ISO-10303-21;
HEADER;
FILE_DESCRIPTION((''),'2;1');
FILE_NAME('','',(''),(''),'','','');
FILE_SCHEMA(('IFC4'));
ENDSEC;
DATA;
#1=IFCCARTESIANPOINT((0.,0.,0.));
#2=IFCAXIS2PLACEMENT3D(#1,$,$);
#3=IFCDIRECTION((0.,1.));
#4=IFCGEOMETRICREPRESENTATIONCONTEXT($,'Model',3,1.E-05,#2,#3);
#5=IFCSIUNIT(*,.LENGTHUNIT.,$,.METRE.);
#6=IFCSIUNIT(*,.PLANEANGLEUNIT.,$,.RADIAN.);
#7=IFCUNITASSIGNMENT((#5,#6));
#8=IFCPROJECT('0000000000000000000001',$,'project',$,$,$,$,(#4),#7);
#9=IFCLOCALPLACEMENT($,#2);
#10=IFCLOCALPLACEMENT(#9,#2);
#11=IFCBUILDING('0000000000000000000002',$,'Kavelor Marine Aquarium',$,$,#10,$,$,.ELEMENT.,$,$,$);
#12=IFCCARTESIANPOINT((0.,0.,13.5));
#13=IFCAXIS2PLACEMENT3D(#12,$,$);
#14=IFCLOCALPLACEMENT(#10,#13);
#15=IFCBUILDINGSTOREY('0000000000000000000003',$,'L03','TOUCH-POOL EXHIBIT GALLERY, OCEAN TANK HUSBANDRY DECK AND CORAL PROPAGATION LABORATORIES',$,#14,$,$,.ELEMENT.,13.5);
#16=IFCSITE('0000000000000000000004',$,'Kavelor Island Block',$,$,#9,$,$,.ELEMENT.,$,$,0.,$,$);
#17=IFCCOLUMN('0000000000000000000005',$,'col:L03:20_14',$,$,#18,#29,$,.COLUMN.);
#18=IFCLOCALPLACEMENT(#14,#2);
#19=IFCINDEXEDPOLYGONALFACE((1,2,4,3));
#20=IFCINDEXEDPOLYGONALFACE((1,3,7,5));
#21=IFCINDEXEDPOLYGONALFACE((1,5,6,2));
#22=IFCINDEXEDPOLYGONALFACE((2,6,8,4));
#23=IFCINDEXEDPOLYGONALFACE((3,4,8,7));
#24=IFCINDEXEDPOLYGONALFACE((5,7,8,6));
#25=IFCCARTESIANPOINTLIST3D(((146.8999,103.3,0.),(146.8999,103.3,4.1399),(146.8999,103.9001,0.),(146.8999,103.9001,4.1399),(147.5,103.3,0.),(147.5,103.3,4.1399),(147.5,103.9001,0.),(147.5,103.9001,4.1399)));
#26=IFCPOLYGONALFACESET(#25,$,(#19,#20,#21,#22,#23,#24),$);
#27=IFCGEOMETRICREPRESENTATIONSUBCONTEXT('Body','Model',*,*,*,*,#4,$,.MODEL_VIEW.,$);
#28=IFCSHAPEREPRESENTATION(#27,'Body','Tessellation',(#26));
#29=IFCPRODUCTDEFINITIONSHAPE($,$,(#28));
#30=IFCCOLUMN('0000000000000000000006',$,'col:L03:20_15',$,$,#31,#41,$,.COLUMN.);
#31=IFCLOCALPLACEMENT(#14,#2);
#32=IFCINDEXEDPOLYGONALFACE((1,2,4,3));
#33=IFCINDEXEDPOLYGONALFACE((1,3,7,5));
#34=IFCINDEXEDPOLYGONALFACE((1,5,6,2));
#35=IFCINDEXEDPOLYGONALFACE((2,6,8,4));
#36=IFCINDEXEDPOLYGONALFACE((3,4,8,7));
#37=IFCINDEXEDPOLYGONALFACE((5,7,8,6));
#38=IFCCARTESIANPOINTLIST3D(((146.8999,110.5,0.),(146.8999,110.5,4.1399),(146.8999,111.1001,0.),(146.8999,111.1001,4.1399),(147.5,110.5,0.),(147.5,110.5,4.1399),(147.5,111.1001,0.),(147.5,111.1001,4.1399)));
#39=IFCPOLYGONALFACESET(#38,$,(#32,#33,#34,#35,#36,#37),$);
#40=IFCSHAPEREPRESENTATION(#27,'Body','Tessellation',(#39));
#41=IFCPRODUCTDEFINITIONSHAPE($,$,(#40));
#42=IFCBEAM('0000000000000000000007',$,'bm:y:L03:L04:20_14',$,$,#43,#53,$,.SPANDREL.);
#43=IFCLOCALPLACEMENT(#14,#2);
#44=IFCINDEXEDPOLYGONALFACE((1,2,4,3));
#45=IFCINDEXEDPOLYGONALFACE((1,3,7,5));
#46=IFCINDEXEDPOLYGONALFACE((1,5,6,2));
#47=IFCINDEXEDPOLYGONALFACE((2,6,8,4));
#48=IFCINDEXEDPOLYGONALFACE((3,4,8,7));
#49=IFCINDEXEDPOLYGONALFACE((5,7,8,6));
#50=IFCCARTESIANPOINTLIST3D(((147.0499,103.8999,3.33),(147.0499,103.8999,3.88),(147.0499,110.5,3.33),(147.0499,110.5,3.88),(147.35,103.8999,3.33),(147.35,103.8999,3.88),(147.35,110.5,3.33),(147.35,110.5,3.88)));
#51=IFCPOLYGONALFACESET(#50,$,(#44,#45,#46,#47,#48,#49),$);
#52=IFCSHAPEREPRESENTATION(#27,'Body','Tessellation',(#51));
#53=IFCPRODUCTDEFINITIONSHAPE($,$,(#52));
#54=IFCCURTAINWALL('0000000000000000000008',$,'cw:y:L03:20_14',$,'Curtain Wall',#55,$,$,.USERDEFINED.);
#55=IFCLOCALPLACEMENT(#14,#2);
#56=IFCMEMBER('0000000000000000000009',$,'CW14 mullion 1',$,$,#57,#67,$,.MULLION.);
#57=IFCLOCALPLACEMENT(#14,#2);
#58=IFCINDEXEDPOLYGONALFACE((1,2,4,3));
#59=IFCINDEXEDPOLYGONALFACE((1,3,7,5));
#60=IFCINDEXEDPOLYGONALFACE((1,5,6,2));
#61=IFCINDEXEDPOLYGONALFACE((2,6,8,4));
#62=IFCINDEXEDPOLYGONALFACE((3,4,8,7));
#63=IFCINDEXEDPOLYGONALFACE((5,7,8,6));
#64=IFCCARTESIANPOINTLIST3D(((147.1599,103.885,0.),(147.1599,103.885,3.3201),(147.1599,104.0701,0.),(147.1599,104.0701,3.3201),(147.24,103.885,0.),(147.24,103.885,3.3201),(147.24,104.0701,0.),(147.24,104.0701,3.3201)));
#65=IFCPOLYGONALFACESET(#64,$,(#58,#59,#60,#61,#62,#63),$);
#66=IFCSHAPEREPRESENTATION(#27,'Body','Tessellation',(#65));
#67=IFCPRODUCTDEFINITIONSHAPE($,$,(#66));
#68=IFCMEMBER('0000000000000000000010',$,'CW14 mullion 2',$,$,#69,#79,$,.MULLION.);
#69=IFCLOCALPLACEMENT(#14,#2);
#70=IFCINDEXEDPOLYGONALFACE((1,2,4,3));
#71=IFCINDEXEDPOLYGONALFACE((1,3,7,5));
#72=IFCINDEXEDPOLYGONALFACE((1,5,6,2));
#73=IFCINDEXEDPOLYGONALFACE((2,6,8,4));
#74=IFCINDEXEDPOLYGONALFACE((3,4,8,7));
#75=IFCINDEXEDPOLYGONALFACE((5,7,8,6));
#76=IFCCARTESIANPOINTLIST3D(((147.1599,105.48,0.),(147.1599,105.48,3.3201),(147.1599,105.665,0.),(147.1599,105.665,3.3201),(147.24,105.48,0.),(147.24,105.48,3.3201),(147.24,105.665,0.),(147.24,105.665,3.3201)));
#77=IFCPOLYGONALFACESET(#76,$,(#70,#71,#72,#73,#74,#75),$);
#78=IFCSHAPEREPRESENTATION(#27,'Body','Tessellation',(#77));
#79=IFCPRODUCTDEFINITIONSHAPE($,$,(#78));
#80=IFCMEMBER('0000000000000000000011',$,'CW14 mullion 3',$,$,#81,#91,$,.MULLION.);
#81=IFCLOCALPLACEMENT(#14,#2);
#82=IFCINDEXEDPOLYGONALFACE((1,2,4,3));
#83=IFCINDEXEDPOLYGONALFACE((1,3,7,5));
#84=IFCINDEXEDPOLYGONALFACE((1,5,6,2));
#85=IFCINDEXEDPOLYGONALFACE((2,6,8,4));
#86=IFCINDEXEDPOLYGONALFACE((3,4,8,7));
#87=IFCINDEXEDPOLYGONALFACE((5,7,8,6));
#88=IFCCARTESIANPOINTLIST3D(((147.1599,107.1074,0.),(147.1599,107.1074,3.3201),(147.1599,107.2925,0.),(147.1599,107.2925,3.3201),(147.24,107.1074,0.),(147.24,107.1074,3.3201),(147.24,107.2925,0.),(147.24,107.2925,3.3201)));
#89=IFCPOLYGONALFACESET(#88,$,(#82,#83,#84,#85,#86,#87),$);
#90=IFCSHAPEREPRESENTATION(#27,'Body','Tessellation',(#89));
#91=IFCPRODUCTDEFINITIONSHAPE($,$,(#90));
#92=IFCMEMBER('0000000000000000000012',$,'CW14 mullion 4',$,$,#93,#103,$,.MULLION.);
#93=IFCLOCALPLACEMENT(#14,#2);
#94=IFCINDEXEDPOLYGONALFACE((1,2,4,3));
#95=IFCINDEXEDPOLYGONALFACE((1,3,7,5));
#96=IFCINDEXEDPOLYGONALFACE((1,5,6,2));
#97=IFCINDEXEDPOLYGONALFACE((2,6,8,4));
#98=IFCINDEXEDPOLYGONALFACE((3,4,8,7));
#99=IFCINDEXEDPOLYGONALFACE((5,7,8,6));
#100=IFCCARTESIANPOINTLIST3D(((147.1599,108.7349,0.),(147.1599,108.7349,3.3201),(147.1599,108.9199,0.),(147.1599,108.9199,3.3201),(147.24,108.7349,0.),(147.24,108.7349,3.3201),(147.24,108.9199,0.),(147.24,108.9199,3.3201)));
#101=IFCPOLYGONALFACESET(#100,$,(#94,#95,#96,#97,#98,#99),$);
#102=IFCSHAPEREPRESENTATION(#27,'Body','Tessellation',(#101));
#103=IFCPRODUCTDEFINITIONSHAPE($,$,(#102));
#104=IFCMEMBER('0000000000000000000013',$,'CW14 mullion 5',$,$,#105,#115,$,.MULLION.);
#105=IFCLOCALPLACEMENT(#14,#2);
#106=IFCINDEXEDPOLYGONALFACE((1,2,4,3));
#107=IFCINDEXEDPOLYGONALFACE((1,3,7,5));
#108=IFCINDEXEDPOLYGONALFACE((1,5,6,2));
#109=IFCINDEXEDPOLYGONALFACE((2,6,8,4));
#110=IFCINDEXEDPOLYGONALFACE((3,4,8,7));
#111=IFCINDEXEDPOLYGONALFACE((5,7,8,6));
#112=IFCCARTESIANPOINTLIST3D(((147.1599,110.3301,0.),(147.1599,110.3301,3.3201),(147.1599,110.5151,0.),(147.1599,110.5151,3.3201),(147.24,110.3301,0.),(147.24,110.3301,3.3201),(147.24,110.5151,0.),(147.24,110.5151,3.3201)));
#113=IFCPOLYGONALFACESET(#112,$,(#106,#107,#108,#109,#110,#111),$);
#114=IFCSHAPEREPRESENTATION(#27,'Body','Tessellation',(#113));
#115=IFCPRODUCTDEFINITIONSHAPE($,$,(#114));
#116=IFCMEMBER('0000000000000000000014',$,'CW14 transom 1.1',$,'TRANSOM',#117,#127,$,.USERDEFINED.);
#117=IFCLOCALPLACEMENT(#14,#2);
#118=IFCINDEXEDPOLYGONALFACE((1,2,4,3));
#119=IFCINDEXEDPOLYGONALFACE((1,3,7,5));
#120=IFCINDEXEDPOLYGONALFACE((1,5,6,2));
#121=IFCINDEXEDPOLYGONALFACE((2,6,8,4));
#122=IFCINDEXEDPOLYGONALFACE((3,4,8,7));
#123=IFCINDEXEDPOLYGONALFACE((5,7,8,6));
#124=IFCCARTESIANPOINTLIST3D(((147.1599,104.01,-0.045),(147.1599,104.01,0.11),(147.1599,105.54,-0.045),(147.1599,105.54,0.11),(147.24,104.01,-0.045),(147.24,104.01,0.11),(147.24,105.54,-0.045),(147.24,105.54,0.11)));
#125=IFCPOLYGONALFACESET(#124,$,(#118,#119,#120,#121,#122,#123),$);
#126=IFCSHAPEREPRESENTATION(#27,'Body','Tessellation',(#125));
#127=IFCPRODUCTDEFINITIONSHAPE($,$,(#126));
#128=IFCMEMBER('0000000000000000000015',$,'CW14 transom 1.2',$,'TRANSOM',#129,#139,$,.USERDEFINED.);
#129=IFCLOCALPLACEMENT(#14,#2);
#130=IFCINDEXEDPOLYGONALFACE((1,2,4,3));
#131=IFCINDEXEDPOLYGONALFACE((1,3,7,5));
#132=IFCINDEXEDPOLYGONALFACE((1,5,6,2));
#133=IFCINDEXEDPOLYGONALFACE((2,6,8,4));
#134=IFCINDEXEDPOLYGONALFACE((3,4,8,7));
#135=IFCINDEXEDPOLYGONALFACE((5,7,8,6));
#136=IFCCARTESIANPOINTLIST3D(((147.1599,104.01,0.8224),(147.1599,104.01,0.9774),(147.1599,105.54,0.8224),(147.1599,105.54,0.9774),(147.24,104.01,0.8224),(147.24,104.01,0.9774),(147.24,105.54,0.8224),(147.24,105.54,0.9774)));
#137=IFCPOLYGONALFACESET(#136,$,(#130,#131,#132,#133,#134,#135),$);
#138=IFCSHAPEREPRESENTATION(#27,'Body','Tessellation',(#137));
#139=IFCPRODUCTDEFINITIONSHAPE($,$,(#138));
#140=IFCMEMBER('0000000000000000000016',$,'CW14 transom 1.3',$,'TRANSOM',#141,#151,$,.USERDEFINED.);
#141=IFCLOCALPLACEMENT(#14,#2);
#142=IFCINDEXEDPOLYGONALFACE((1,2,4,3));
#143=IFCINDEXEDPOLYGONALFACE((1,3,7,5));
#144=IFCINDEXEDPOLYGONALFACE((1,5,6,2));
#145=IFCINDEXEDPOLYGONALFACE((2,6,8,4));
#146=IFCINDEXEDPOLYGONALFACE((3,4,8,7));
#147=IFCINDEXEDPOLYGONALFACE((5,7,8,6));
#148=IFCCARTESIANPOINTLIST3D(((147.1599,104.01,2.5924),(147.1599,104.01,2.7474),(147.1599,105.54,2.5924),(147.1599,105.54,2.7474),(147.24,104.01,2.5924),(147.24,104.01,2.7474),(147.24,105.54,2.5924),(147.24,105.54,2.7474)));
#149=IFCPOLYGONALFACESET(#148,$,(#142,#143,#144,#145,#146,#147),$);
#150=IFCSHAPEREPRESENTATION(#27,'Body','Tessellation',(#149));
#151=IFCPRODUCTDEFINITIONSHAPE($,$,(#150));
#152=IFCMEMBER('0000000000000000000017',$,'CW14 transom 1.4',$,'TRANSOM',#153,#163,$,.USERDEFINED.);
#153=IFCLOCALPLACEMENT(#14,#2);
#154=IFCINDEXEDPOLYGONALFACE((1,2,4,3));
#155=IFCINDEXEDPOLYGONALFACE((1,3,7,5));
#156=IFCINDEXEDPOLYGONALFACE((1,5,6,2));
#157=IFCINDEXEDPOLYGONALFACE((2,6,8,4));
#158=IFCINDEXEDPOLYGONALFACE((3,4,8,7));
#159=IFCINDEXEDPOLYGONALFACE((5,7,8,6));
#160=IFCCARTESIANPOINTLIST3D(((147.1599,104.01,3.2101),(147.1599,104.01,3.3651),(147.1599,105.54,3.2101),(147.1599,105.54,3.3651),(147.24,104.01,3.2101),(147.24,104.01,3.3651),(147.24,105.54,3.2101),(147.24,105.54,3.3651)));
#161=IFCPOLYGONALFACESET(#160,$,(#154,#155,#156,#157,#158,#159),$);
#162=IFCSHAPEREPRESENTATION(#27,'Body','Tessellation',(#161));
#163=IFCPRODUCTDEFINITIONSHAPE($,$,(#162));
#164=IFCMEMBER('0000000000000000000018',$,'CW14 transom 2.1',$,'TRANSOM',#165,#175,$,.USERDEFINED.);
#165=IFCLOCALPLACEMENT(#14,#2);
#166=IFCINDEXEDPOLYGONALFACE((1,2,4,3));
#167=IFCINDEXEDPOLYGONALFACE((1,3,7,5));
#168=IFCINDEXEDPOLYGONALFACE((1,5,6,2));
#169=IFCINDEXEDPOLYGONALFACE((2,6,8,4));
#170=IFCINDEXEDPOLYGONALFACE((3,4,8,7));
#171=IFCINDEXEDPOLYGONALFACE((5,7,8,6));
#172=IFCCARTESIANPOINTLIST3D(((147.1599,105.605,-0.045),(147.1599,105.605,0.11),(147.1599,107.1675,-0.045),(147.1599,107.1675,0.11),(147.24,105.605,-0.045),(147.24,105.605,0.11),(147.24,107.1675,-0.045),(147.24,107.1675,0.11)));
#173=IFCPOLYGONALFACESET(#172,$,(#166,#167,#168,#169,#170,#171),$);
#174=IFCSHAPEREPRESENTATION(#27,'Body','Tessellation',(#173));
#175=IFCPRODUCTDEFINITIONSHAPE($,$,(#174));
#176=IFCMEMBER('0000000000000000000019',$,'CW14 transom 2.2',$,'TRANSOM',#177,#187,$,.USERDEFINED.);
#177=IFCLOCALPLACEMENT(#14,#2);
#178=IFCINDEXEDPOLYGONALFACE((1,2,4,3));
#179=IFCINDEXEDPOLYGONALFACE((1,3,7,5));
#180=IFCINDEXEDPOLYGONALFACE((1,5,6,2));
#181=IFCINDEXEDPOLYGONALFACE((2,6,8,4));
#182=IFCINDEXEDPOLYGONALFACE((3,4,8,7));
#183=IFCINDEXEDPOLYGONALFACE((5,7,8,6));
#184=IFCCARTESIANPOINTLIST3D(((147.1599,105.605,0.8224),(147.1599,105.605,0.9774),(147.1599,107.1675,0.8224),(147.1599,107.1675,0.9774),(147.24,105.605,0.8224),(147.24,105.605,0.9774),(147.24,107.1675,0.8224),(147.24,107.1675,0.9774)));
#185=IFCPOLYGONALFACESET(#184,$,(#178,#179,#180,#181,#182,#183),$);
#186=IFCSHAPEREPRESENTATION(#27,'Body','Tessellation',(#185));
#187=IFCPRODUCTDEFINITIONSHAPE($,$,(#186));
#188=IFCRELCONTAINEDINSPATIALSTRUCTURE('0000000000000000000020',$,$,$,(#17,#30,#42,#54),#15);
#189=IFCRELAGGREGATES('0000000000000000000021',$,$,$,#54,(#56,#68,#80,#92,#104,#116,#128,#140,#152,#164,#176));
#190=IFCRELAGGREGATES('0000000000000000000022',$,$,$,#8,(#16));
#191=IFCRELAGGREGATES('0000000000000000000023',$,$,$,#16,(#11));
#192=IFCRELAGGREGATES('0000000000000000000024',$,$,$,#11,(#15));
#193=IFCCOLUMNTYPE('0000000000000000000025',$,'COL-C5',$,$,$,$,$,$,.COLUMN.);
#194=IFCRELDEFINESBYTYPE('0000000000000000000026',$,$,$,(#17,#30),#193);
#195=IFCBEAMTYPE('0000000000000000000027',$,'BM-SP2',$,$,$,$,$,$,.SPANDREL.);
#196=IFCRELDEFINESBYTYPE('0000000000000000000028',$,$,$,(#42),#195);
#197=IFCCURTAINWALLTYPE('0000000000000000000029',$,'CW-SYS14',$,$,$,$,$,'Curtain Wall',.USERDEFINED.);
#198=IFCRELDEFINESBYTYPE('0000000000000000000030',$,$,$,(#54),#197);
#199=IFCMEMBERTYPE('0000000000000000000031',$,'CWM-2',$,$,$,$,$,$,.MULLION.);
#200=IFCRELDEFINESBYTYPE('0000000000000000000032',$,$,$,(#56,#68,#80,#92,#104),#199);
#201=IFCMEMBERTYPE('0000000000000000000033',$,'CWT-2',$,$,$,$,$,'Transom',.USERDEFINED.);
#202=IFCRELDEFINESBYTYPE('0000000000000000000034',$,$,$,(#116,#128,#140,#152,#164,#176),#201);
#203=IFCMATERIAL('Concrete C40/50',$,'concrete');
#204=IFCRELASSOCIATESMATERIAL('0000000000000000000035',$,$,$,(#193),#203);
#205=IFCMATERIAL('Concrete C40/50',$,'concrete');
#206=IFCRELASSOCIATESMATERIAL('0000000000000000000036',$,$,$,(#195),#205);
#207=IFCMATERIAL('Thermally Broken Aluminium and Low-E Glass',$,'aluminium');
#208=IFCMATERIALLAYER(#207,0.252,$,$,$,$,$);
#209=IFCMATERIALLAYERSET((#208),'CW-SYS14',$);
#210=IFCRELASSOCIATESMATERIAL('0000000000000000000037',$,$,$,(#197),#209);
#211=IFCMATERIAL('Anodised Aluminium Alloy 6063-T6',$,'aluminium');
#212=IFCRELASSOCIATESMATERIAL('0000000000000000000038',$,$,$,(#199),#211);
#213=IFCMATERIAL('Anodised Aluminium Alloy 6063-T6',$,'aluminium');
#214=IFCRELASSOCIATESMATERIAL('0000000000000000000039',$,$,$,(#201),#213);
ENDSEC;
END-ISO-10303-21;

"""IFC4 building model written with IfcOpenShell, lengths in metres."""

from ifc_helpers import new_model, si_unit, direction, frame, origin, origin_2d, place, context, subcontext, project, spatial, rectangle, extrude, material, layer, layer_set, material_profile, profile_set, type_object, element, aggregate, save


model = new_model("IFC4")

# Units and contexts
model_context = context("Model", 3, precision=1e-05, world=origin(), true_north=direction((0.0, 1.0)))
body_context = subcontext(model_context, "Body", "Model", "MODEL_VIEW")
ifc_project = project(units=[si_unit("LENGTHUNIT", "METRE"), si_unit("PLANEANGLEUNIT", "RADIAN")], contexts=[model_context])

# Site, building, storey
site_placement = place(None, origin())
site = spatial("IfcSite", under=ifc_project, at=site_placement, Name="Kavelor Island Block", CompositionType="ELEMENT", RefElevation=0.0)
building_placement = place(site_placement, origin())
building = spatial("IfcBuilding", under=site, at=building_placement, Name="Kavelor Marine Aquarium", CompositionType="ELEMENT")
storey_placement = place(building_placement, frame((0.0, 0.0, 13.5)))
storey = spatial("IfcBuildingStorey", under=building, at=storey_placement, Name="L03", Description="TOUCH-POOL EXHIBIT GALLERY, OCEAN TANK HUSBANDRY DECK AND CORAL PROPAGATION LABORATORIES", CompositionType="ELEMENT", Elevation=13.5)

# Columns
ifc_material_1 = material(Name="Concrete C40/50", Category="concrete")
ifc_material_profile_1 = material_profile(ifc_material_1, rectangle(XDim=0.6001, YDim=0.6001, at=origin_2d()), Name="RC-COL 600x600")
ifc_profile_set_1 = profile_set([ifc_material_profile_1], Name="Concrete C40/50")
column_type = type_object("IfcColumnType", Name="COL-C5", PredefinedType="COLUMN", material=ifc_profile_set_1)
for number, where, z_axis, x_axis, name in (
    (1, (147.2, 103.6001, 0.0), (0.0, 0.0, 1.0), (1.0, 0.0, 0.0), "col:L03:20_14"),
    (2, (147.2, 110.8, 0.0), (0.0, 0.0, 1.0), (1.0, 0.0, 0.0), "col:L03:20_15"),
):
    element("IfcColumn", number, at=place(storey_placement, frame(where, z_axis=z_axis, x_axis=x_axis)), inside=storey, type_object=column_type, Name=name, PredefinedType="COLUMN", context=body_context, shape_type="SweptSolid", body=[
        extrude(rectangle(XDim=0.6001, YDim=0.6001, at=origin_2d()), origin(), (0.0, 0.0, 1.0), 4.1399),
    ])

# Beam
ifc_material_2 = material(Name="Concrete C40/50", Category="concrete")
ifc_material_profile_2 = material_profile(ifc_material_2, rectangle(XDim=0.3, YDim=0.55, at=origin_2d()), Name="RC-SP 300x550")
ifc_profile_set_2 = profile_set([ifc_material_profile_2], Name="Concrete C40/50")
beam_type = type_object("IfcBeamType", Name="BM-SP2", PredefinedType="SPANDREL", material=ifc_profile_set_2)
beam_placement = place(storey_placement, frame((147.2, 103.8999, 3.605), z_axis=(0.0, 1.0, 0.0), x_axis=(-1.0, 0.0, 0.0)))
element("IfcBeam", 3, at=beam_placement, inside=storey, type_object=beam_type, Name="bm:y:L03:L04:20_14", PredefinedType="SPANDREL", context=body_context, shape_type="SweptSolid", body=[
    extrude(rectangle(XDim=0.3, YDim=0.55, at=origin_2d()), origin(), (0.0, 0.0, 1.0), 6.6001),
])

# Curtain wall, members
ifc_material_3 = material(Name="Thermally Broken Aluminium and Low-E Glass", Category="aluminium")
ifc_layer_1 = layer(ifc_material_3, 0.252)
ifc_layer_set_1 = layer_set([ifc_layer_1], Name="CW-SYS14")
curtain_wall_type = type_object("IfcCurtainWallType", Name="CW-SYS14", ElementType="Curtain Wall", PredefinedType="USERDEFINED", material=ifc_layer_set_1)
curtain_wall_placement = place(storey_placement, origin())
curtain_wall = element("IfcCurtainWall", 4, at=curtain_wall_placement, inside=storey, type_object=curtain_wall_type, Name="cw:y:L03:20_14", ObjectType="Curtain Wall", PredefinedType="USERDEFINED")
ifc_material_4 = material(Name="Anodised Aluminium Alloy 6063-T6", Category="aluminium")
ifc_material_profile_3 = material_profile(ifc_material_4, rectangle(XDim=0.0801, YDim=0.1851, at=origin_2d()), Name="CW-MUL 80x185")
ifc_profile_set_3 = profile_set([ifc_material_profile_3], Name="Anodised Aluminium Alloy 6063-T6")
member_type_1 = type_object("IfcMemberType", Name="CWM-2", PredefinedType="MULLION", material=ifc_profile_set_3)
member_1_placement = place(storey_placement, frame((147.2, 103.9775, 0.0), z_axis=(0.0, 0.0, 1.0), x_axis=(-1.0, 0.0, 0.0)))
member_1 = element("IfcMember", 5, at=member_1_placement, type_object=member_type_1, Name="CW14 mullion 1", PredefinedType="MULLION", context=body_context, shape_type="SweptSolid", body=[
    extrude(rectangle(XDim=0.0801, YDim=0.1851, at=origin_2d()), origin(), (0.0, 0.0, 1.0), 3.3201),
])
member_2_placement = place(storey_placement, frame((147.2, 105.5725, 0.0), z_axis=(0.0, 0.0, 1.0), x_axis=(-1.0, 0.0, 0.0)))
member_2 = element("IfcMember", 6, at=member_2_placement, type_object=member_type_1, Name="CW14 mullion 2", PredefinedType="MULLION", context=body_context, shape_type="SweptSolid", body=[
    extrude(rectangle(XDim=0.0801, YDim=0.1851, at=origin_2d()), origin(), (0.0, 0.0, 1.0), 3.3201),
])
member_3_placement = place(storey_placement, frame((147.2, 107.2, 0.0), z_axis=(0.0, 0.0, 1.0), x_axis=(-1.0, 0.0, 0.0)))
member_3 = element("IfcMember", 7, at=member_3_placement, type_object=member_type_1, Name="CW14 mullion 3", PredefinedType="MULLION", context=body_context, shape_type="SweptSolid", body=[
    extrude(rectangle(XDim=0.0801, YDim=0.1851, at=origin_2d()), origin(), (0.0, 0.0, 1.0), 3.3201),
])
member_4_placement = place(storey_placement, frame((147.2, 108.8274, 0.0), z_axis=(0.0, 0.0, 1.0), x_axis=(-1.0, 0.0, 0.0)))
member_4 = element("IfcMember", 8, at=member_4_placement, type_object=member_type_1, Name="CW14 mullion 4", PredefinedType="MULLION", context=body_context, shape_type="SweptSolid", body=[
    extrude(rectangle(XDim=0.0801, YDim=0.1851, at=origin_2d()), origin(), (0.0, 0.0, 1.0), 3.3201),
])
member_5_placement = place(storey_placement, frame((147.2, 110.4226, 0.0), z_axis=(0.0, 0.0, 1.0), x_axis=(-1.0, 0.0, 0.0)))
member_5 = element("IfcMember", 9, at=member_5_placement, type_object=member_type_1, Name="CW14 mullion 5", PredefinedType="MULLION", context=body_context, shape_type="SweptSolid", body=[
    extrude(rectangle(XDim=0.0801, YDim=0.1851, at=origin_2d()), origin(), (0.0, 0.0, 1.0), 3.3201),
])
ifc_material_5 = material(Name="Anodised Aluminium Alloy 6063-T6", Category="aluminium")
ifc_material_profile_4 = material_profile(ifc_material_5, rectangle(XDim=0.0801, YDim=0.155, at=origin_2d()), Name="CW-TRN 80x155")
ifc_profile_set_4 = profile_set([ifc_material_profile_4], Name="Anodised Aluminium Alloy 6063-T6")
member_type_2 = type_object("IfcMemberType", Name="CWT-2", ElementType="Transom", PredefinedType="USERDEFINED", material=ifc_profile_set_4)
member_6_placement = place(storey_placement, frame((147.2, 104.01, 0.0325), z_axis=(0.0, 1.0, 0.0), x_axis=(-1.0, 0.0, 0.0)))
member_6 = element("IfcMember", 10, at=member_6_placement, type_object=member_type_2, Name="CW14 transom 1.1", ObjectType="TRANSOM", PredefinedType="USERDEFINED", context=body_context, shape_type="SweptSolid", body=[
    extrude(rectangle(XDim=0.0801, YDim=0.155, at=origin_2d()), origin(), (0.0, 0.0, 1.0), 1.53),
])
member_7_placement = place(storey_placement, frame((147.2, 104.01, 0.8999), z_axis=(0.0, 1.0, 0.0), x_axis=(-1.0, 0.0, 0.0)))
member_7 = element("IfcMember", 11, at=member_7_placement, type_object=member_type_2, Name="CW14 transom 1.2", ObjectType="TRANSOM", PredefinedType="USERDEFINED", context=body_context, shape_type="SweptSolid", body=[
    extrude(rectangle(XDim=0.0801, YDim=0.155, at=origin_2d()), origin(), (0.0, 0.0, 1.0), 1.53),
])
member_8_placement = place(storey_placement, frame((147.2, 104.01, 2.6699), z_axis=(0.0, 1.0, 0.0), x_axis=(-1.0, 0.0, 0.0)))
member_8 = element("IfcMember", 12, at=member_8_placement, type_object=member_type_2, Name="CW14 transom 1.3", ObjectType="TRANSOM", PredefinedType="USERDEFINED", context=body_context, shape_type="SweptSolid", body=[
    extrude(rectangle(XDim=0.0801, YDim=0.155, at=origin_2d()), origin(), (0.0, 0.0, 1.0), 1.53),
])
member_9_placement = place(storey_placement, frame((147.2, 104.01, 3.2876), z_axis=(0.0, 1.0, 0.0), x_axis=(-1.0, 0.0, 0.0)))
member_9 = element("IfcMember", 13, at=member_9_placement, type_object=member_type_2, Name="CW14 transom 1.4", ObjectType="TRANSOM", PredefinedType="USERDEFINED", context=body_context, shape_type="SweptSolid", body=[
    extrude(rectangle(XDim=0.0801, YDim=0.155, at=origin_2d()), origin(), (0.0, 0.0, 1.0), 1.53),
])
member_10_placement = place(storey_placement, frame((147.2, 105.605, 0.0325), z_axis=(0.0, 1.0, 0.0), x_axis=(-1.0, 0.0, 0.0)))
member_10 = element("IfcMember", 14, at=member_10_placement, type_object=member_type_2, Name="CW14 transom 2.1", ObjectType="TRANSOM", PredefinedType="USERDEFINED", context=body_context, shape_type="SweptSolid", body=[
    extrude(rectangle(XDim=0.0801, YDim=0.155, at=origin_2d()), origin(), (0.0, 0.0, 1.0), 1.5625),
])
member_11_placement = place(storey_placement, frame((147.2, 105.605, 0.8999), z_axis=(0.0, 1.0, 0.0), x_axis=(-1.0, 0.0, 0.0)))
member_11 = element("IfcMember", 15, at=member_11_placement, type_object=member_type_2, Name="CW14 transom 2.2", ObjectType="TRANSOM", PredefinedType="USERDEFINED", context=body_context, shape_type="SweptSolid", body=[
    extrude(rectangle(XDim=0.0801, YDim=0.155, at=origin_2d()), origin(), (0.0, 0.0, 1.0), 1.5625),
])
aggregate(curtain_wall, [member_1, member_2, member_3, member_4, member_5, member_6, member_7, member_8, member_9, member_10, member_11])

save(model, "model.ifc")
